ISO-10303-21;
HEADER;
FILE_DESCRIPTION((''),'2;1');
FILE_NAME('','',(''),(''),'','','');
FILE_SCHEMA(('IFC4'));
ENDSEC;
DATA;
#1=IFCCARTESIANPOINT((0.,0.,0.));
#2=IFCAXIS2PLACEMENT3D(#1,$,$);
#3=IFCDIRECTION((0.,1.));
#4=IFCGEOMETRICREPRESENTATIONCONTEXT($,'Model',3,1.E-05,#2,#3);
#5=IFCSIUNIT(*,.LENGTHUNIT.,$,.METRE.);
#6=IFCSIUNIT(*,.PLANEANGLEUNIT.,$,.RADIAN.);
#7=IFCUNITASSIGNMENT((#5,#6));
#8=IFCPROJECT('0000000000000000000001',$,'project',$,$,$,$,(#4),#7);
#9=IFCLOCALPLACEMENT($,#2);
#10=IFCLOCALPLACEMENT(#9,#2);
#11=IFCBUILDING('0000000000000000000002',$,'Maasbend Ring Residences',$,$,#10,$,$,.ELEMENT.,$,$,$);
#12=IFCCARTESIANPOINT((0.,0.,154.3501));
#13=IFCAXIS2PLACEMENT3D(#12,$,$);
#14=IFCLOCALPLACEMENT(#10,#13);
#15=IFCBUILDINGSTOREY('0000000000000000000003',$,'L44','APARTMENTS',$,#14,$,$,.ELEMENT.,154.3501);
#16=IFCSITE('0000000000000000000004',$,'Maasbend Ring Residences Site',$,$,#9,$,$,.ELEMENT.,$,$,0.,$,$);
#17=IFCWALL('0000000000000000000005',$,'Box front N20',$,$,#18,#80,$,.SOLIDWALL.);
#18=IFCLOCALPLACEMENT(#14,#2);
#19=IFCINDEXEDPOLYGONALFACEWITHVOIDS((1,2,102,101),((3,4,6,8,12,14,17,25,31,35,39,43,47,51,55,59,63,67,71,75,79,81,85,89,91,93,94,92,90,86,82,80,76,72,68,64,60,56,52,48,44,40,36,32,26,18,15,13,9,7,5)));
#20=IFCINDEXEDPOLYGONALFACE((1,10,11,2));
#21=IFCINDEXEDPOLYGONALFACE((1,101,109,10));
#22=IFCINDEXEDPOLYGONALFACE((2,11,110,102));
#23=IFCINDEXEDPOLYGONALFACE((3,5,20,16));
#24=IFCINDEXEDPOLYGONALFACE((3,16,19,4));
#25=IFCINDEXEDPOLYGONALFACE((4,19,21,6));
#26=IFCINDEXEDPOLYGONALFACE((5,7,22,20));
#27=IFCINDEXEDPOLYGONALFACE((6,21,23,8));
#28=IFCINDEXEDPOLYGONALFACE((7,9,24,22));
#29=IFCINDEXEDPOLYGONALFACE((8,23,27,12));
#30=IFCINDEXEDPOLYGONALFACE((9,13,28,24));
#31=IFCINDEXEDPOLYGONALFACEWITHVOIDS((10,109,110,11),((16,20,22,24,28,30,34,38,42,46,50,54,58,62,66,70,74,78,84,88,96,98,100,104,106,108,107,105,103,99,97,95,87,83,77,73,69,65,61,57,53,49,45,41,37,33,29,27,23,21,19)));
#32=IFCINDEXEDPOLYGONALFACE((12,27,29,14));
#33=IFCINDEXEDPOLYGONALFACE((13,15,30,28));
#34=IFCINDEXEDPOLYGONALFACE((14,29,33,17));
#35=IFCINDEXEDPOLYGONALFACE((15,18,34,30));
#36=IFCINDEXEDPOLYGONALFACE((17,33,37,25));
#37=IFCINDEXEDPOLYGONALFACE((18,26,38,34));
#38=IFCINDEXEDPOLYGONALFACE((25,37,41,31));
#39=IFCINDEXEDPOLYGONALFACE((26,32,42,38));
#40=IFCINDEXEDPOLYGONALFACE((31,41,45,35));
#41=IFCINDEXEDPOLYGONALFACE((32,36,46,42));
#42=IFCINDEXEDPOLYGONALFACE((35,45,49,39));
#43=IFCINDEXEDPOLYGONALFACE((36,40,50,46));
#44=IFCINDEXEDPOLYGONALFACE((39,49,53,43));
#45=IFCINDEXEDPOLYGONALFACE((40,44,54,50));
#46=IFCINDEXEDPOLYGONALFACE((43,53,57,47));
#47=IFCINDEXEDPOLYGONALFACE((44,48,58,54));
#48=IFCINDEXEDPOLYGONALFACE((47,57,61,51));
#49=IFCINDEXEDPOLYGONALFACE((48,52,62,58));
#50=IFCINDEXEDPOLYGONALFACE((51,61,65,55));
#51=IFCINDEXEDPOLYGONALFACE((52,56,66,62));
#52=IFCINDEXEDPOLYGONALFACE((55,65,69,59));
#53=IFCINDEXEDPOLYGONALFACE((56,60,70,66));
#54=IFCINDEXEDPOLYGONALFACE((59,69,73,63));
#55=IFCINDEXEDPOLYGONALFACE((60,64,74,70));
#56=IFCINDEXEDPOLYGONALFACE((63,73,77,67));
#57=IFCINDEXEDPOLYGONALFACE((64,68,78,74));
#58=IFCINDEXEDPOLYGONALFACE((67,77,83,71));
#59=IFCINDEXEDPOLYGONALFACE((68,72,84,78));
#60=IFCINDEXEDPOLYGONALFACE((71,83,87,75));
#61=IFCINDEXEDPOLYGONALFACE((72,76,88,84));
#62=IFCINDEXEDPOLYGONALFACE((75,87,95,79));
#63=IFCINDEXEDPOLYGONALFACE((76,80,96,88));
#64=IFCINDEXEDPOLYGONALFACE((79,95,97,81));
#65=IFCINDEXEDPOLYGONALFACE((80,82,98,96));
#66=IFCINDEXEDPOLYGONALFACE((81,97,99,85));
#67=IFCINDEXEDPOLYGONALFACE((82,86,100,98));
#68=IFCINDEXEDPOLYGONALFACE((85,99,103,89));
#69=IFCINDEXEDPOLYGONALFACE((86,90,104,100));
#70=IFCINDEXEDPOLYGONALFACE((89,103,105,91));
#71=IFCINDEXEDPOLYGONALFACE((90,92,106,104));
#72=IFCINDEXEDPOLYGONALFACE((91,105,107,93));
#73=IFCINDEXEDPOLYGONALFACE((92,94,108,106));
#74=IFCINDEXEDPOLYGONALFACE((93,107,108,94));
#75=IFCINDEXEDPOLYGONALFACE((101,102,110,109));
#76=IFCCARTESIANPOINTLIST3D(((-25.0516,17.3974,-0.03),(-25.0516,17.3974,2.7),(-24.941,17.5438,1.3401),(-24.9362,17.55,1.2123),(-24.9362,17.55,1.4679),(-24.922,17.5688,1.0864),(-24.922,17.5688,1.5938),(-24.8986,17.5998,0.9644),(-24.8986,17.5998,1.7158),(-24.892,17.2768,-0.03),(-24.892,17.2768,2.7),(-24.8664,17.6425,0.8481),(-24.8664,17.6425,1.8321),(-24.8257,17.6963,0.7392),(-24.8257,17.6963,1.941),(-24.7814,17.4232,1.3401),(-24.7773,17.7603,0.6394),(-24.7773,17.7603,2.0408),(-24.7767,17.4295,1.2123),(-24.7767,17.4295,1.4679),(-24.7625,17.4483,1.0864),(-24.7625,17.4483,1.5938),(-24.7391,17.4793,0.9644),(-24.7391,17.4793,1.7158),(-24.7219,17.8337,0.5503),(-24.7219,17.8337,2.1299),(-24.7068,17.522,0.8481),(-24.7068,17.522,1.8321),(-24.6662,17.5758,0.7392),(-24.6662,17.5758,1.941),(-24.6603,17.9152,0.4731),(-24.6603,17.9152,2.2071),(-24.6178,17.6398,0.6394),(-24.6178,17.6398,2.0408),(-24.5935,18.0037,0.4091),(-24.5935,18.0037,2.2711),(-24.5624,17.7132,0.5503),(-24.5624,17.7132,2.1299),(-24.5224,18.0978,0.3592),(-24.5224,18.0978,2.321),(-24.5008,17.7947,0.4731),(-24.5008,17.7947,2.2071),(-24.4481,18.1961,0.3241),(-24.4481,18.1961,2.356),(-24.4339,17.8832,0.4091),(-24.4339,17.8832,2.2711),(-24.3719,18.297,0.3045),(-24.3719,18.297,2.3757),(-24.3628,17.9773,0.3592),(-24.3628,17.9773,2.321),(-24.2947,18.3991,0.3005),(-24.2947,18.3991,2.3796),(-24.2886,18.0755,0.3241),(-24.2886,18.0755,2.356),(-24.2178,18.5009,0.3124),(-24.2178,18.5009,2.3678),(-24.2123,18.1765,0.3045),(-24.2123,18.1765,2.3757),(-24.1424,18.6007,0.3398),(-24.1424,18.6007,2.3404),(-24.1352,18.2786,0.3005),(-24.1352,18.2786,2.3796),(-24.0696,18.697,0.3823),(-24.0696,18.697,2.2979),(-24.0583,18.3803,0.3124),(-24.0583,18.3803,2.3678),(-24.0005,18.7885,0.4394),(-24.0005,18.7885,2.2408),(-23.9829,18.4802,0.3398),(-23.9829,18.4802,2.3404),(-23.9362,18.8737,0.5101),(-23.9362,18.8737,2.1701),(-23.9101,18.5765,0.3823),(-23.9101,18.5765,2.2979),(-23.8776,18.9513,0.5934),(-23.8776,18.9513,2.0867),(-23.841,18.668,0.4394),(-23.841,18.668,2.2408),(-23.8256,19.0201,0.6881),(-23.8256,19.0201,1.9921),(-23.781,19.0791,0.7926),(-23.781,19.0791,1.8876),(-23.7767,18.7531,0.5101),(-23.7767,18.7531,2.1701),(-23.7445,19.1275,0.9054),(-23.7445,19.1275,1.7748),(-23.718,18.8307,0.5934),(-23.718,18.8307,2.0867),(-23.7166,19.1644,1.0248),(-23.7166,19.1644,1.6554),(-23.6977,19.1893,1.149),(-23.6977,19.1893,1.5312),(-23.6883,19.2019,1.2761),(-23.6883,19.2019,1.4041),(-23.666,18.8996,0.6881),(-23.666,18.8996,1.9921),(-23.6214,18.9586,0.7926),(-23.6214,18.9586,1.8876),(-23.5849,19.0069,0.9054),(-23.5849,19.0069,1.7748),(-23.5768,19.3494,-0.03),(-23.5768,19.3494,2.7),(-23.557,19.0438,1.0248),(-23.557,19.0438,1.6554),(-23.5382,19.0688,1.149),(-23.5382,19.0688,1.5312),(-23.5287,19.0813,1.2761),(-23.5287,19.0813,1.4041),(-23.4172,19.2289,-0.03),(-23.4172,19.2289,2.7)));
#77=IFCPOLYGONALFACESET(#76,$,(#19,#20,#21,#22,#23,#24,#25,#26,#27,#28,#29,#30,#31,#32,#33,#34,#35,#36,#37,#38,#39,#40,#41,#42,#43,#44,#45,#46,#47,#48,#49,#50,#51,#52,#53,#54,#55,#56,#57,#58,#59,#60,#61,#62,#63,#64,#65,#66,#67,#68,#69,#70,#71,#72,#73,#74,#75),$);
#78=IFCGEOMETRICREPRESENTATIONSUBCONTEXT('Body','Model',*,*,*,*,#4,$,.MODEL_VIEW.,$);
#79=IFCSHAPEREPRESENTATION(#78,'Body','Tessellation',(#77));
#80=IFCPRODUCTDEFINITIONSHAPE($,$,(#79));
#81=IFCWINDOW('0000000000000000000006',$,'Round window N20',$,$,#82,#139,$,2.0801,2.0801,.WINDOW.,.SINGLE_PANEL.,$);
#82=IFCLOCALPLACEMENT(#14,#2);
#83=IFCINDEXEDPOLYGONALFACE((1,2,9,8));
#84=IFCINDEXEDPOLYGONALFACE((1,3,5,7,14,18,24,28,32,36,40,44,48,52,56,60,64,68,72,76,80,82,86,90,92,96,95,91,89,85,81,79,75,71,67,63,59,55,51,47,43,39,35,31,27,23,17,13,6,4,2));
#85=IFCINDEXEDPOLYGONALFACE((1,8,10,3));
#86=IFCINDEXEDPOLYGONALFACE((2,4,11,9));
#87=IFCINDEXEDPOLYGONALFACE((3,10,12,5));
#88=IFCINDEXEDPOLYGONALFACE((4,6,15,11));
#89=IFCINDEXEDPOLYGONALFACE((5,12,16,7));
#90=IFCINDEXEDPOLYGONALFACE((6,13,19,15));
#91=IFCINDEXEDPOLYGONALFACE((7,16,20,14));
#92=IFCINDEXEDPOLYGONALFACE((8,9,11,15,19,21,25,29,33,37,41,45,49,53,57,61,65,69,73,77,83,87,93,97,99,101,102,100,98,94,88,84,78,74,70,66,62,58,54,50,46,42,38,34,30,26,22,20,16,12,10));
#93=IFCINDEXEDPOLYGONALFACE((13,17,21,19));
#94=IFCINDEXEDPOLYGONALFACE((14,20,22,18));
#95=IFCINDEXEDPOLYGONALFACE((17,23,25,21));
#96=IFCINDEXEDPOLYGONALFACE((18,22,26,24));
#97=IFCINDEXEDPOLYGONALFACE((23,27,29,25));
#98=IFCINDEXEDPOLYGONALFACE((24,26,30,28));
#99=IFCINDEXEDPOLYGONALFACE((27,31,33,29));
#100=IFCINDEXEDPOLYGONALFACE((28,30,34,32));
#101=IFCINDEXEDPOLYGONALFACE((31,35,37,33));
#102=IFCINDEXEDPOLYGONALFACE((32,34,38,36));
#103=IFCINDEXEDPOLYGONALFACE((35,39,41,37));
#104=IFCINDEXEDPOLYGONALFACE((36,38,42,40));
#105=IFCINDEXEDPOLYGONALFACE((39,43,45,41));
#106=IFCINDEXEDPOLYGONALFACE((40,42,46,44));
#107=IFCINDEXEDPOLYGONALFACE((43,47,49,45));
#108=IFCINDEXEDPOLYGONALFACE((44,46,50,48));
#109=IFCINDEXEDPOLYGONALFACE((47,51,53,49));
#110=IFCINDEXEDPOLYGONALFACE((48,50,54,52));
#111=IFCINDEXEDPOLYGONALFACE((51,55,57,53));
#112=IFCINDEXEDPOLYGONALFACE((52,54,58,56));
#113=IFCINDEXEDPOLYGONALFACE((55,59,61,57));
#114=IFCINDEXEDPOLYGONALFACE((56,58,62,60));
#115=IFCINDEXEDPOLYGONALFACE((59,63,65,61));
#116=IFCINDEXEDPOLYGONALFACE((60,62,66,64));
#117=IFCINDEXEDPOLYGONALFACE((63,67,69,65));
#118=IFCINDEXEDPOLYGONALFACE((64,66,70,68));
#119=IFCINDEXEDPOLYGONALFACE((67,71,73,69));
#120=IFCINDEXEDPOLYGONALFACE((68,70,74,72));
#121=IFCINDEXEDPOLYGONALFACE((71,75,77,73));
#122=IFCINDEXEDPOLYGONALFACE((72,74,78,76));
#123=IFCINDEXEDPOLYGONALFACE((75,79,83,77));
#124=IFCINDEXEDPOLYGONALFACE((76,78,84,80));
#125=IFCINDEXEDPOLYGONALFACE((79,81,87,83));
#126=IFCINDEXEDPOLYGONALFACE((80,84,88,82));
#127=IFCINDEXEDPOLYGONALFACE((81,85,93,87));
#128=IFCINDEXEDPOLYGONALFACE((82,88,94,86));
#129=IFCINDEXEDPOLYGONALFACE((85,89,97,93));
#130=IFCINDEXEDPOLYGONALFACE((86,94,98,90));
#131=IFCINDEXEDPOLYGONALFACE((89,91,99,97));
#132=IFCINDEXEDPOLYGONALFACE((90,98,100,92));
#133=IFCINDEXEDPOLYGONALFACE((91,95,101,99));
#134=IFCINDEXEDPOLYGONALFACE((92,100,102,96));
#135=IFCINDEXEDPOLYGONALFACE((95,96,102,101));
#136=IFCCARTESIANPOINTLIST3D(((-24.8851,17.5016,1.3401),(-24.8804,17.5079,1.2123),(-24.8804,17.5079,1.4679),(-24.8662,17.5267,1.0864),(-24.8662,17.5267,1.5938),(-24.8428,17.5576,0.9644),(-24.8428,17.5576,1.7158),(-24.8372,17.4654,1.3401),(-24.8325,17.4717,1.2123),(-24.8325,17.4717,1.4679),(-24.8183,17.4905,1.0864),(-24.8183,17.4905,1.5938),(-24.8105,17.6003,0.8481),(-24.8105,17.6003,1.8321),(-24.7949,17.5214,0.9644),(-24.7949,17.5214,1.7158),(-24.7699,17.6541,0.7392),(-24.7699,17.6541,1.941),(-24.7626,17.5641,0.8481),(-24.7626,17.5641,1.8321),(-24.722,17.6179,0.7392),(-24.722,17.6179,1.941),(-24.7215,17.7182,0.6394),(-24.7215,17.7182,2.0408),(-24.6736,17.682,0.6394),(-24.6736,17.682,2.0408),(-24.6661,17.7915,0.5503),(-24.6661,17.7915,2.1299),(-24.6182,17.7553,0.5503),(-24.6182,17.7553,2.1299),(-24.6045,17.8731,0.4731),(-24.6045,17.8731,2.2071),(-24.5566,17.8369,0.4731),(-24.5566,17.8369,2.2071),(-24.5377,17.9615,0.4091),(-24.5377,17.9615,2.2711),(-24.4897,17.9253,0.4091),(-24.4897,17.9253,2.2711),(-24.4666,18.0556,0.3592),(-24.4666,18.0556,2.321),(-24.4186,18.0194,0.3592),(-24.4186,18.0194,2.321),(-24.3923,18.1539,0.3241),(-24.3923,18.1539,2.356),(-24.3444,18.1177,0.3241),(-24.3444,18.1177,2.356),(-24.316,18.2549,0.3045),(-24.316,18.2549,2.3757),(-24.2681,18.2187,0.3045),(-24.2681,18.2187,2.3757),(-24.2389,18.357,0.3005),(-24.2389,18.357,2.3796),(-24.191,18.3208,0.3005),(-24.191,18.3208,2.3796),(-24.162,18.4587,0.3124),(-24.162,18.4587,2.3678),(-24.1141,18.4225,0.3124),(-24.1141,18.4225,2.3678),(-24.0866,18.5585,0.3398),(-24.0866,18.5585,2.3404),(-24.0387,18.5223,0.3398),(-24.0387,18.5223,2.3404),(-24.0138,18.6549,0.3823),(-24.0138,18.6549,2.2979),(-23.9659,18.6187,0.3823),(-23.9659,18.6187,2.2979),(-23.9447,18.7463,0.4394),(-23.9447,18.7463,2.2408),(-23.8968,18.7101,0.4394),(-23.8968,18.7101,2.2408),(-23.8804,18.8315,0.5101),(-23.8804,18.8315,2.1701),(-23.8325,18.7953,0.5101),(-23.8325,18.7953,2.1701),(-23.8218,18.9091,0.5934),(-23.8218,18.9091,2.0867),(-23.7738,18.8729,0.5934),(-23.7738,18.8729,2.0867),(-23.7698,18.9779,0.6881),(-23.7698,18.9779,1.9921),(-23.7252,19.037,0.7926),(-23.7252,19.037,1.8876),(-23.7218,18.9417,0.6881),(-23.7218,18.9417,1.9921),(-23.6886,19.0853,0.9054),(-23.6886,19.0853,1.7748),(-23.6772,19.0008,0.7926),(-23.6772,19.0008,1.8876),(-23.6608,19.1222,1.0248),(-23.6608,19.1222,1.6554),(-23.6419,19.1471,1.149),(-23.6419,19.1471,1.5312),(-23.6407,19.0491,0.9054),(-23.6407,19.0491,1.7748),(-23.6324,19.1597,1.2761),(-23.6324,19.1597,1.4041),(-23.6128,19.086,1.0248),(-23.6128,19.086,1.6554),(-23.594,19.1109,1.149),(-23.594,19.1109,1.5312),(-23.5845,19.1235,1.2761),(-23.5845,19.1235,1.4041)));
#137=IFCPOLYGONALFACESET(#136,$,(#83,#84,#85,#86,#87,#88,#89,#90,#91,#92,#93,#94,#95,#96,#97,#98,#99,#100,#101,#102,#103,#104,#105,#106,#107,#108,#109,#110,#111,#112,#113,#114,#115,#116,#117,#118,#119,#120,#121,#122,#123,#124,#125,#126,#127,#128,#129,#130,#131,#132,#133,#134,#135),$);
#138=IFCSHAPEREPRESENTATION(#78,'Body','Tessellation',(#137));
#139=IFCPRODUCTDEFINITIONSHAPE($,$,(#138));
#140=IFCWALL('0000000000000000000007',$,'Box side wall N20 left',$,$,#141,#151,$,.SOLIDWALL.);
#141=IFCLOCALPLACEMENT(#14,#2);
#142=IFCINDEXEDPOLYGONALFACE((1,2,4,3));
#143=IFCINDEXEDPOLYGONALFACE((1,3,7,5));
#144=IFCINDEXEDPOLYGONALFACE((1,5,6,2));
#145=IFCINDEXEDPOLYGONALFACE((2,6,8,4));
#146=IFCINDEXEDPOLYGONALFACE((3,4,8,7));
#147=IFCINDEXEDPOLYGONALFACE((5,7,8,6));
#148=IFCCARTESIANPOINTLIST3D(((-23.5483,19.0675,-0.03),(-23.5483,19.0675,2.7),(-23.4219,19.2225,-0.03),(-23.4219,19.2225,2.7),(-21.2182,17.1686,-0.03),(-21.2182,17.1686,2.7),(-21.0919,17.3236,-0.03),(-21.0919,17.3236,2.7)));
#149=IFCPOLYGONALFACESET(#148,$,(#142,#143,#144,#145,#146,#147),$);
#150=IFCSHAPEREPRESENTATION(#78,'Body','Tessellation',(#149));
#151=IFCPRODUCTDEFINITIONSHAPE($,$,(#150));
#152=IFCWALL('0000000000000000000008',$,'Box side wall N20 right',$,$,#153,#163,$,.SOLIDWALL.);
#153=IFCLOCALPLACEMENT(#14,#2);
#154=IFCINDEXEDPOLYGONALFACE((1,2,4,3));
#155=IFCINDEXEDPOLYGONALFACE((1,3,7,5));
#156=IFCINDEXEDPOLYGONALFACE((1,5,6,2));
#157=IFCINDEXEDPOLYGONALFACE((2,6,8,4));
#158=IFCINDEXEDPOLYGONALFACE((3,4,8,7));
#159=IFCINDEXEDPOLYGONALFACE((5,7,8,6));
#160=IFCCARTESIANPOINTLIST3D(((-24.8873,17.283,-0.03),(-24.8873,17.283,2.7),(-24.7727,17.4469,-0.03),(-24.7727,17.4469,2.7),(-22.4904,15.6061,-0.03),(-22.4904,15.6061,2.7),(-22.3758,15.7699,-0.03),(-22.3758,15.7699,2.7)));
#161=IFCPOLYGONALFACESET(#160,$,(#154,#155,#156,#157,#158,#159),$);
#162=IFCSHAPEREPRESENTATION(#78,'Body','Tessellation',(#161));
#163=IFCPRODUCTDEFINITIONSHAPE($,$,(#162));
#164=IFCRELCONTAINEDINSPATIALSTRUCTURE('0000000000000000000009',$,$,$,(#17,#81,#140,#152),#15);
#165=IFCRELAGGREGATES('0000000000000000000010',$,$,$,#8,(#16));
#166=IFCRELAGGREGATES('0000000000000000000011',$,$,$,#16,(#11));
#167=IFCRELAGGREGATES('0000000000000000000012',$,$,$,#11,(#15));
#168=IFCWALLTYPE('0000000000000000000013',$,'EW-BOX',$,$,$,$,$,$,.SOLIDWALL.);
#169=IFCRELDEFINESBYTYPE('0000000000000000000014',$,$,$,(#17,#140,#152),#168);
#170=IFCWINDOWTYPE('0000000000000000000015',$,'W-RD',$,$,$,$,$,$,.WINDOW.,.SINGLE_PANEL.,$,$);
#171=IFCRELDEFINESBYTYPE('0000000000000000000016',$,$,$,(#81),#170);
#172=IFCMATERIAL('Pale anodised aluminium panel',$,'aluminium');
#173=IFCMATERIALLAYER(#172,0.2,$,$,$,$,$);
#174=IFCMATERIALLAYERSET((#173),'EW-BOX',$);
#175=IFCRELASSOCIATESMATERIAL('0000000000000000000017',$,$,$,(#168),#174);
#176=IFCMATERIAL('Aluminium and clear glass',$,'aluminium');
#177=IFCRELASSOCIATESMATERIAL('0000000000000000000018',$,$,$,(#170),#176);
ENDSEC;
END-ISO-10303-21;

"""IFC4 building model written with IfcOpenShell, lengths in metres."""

from ifc_helpers import new_model, si_unit, direction, frame, frame_2d, origin, place, context, subcontext, project, spatial, rectangle, circle, extrude, material, layer, layer_set, type_object, element, fill, save


model = new_model("IFC4")

# Units and contexts
model_context = context("Model", 3, precision=1e-05, world=origin(), true_north=direction((0.0, 1.0)))
body_context = subcontext(model_context, "Body", "Model", "MODEL_VIEW")
ifc_project = project(units=[si_unit("LENGTHUNIT", "METRE"), si_unit("PLANEANGLEUNIT", "RADIAN")], contexts=[model_context])

# Site, building, storey
site_placement = place(None, origin())
site = spatial("IfcSite", under=ifc_project, at=site_placement, Name="Maasbend Ring Residences Site", CompositionType="ELEMENT", RefElevation=0.0)
building_placement = place(site_placement, origin())
building = spatial("IfcBuilding", under=site, at=building_placement, Name="Maasbend Ring Residences", CompositionType="ELEMENT")
storey_placement = place(building_placement, frame((0.0, 0.0, 154.3501)))
storey = spatial("IfcBuildingStorey", under=building, at=storey_placement, Name="L44", Description="APARTMENTS", CompositionType="ELEMENT", Elevation=154.3501)

# Shared definitions
ifc_material_1 = material(Name="Pale anodised aluminium panel", Category="aluminium")
ifc_layer_1 = layer(ifc_material_1, 0.2)
ifc_layer_set_1 = layer_set([ifc_layer_1], Name="EW-BOX")
wall_type_1 = type_object("IfcWallType", Name="EW-BOX", PredefinedType="SOLIDWALL", material=ifc_layer_set_1)

# Wall, opening, window
wall_1_placement = place(storey_placement, frame((-23.4971, 19.2891, -0.03), z_axis=(0.0, 0.0, 1.0), x_axis=(-0.602806, -0.797888, 0.0)))
wall_1 = element("IfcWall", 1, at=wall_1_placement, inside=storey, type_object=wall_type_1, Name="Box front N20", PredefinedType="SOLIDWALL", context=body_context, shape_type="SweptSolid", body=[
    extrude(rectangle(XDim=2.4465, YDim=0.2, at=frame_2d((1.2231, 0.0))), origin(), (0.0, 0.0, 1.0), 2.73),
])
opening_1_placement = place(wall_1_placement, frame((0.1829, 0.0, 0.3301)))
opening_1 = element("IfcOpeningElement", 2, at=opening_1_placement, cuts=wall_1, PredefinedType="OPENING", context=body_context, shape_type="SweptSolid", body=[
    extrude(circle(Radius=1.04, at=frame_2d((1.04, 1.04))), frame((0.0, 0.1099, 0.0), z_axis=(0.0, -1.0, 0.0), x_axis=(1.0, 0.0, 0.0)), (0.0, 0.0, 1.0), 0.22),
])
ifc_material_2 = material(Name="Aluminium and clear glass", Category="aluminium")
window_type_1 = type_object("IfcWindowType", Name="W-RD", PartitioningType="SINGLE_PANEL", PredefinedType="WINDOW", material=ifc_material_2)
window_1_placement = place(opening_1_placement, origin())
window_1 = element("IfcWindow", 3, at=window_1_placement, inside=storey, type_object=window_type_1, Name="Round window N20", OverallHeight=2.0801, OverallWidth=2.0801, PartitioningType="SINGLE_PANEL", PredefinedType="WINDOW", context=body_context, shape_type="SweptSolid", body=[
    extrude(circle(Radius=1.04, at=frame_2d((1.04, 1.04))), frame((0.0, 0.03, 0.0), z_axis=(0.0, -1.0, 0.0), x_axis=(1.0, 0.0, 0.0)), (0.0, 0.0, 1.0), 0.0601),
])
fill(opening_1, window_1)

# Walls
wall_2_placement = place(storey_placement, frame((-21.155, 17.2461, -0.03), z_axis=(0.0, 0.0, 1.0), x_axis=(-0.775179, 0.631742, 0.0)))
element("IfcWall", 4, at=wall_2_placement, inside=storey, type_object=wall_type_1, Name="Box side wall N20 left", PredefinedType="SOLIDWALL", context=body_context, shape_type="SweptSolid", body=[
    extrude(rectangle(XDim=3.0059, YDim=0.2, at=frame_2d((1.5029, 0.0))), origin(), (0.0, 0.0, 1.0), 2.73),
])
wall_3_placement = place(storey_placement, frame((-22.4331, 15.688, -0.03), z_axis=(0.0, 0.0, 1.0), x_axis=(-0.819373, 0.573261, 0.0)))
element("IfcWall", 5, at=wall_3_placement, inside=storey, type_object=wall_type_1, Name="Box side wall N20 right", PredefinedType="SOLIDWALL", context=body_context, shape_type="SweptSolid", body=[
    extrude(rectangle(XDim=2.9253, YDim=0.2, at=frame_2d((1.4626, 0.0))), origin(), (0.0, 0.0, 1.0), 2.73),
])

save(model, "model.ifc")
